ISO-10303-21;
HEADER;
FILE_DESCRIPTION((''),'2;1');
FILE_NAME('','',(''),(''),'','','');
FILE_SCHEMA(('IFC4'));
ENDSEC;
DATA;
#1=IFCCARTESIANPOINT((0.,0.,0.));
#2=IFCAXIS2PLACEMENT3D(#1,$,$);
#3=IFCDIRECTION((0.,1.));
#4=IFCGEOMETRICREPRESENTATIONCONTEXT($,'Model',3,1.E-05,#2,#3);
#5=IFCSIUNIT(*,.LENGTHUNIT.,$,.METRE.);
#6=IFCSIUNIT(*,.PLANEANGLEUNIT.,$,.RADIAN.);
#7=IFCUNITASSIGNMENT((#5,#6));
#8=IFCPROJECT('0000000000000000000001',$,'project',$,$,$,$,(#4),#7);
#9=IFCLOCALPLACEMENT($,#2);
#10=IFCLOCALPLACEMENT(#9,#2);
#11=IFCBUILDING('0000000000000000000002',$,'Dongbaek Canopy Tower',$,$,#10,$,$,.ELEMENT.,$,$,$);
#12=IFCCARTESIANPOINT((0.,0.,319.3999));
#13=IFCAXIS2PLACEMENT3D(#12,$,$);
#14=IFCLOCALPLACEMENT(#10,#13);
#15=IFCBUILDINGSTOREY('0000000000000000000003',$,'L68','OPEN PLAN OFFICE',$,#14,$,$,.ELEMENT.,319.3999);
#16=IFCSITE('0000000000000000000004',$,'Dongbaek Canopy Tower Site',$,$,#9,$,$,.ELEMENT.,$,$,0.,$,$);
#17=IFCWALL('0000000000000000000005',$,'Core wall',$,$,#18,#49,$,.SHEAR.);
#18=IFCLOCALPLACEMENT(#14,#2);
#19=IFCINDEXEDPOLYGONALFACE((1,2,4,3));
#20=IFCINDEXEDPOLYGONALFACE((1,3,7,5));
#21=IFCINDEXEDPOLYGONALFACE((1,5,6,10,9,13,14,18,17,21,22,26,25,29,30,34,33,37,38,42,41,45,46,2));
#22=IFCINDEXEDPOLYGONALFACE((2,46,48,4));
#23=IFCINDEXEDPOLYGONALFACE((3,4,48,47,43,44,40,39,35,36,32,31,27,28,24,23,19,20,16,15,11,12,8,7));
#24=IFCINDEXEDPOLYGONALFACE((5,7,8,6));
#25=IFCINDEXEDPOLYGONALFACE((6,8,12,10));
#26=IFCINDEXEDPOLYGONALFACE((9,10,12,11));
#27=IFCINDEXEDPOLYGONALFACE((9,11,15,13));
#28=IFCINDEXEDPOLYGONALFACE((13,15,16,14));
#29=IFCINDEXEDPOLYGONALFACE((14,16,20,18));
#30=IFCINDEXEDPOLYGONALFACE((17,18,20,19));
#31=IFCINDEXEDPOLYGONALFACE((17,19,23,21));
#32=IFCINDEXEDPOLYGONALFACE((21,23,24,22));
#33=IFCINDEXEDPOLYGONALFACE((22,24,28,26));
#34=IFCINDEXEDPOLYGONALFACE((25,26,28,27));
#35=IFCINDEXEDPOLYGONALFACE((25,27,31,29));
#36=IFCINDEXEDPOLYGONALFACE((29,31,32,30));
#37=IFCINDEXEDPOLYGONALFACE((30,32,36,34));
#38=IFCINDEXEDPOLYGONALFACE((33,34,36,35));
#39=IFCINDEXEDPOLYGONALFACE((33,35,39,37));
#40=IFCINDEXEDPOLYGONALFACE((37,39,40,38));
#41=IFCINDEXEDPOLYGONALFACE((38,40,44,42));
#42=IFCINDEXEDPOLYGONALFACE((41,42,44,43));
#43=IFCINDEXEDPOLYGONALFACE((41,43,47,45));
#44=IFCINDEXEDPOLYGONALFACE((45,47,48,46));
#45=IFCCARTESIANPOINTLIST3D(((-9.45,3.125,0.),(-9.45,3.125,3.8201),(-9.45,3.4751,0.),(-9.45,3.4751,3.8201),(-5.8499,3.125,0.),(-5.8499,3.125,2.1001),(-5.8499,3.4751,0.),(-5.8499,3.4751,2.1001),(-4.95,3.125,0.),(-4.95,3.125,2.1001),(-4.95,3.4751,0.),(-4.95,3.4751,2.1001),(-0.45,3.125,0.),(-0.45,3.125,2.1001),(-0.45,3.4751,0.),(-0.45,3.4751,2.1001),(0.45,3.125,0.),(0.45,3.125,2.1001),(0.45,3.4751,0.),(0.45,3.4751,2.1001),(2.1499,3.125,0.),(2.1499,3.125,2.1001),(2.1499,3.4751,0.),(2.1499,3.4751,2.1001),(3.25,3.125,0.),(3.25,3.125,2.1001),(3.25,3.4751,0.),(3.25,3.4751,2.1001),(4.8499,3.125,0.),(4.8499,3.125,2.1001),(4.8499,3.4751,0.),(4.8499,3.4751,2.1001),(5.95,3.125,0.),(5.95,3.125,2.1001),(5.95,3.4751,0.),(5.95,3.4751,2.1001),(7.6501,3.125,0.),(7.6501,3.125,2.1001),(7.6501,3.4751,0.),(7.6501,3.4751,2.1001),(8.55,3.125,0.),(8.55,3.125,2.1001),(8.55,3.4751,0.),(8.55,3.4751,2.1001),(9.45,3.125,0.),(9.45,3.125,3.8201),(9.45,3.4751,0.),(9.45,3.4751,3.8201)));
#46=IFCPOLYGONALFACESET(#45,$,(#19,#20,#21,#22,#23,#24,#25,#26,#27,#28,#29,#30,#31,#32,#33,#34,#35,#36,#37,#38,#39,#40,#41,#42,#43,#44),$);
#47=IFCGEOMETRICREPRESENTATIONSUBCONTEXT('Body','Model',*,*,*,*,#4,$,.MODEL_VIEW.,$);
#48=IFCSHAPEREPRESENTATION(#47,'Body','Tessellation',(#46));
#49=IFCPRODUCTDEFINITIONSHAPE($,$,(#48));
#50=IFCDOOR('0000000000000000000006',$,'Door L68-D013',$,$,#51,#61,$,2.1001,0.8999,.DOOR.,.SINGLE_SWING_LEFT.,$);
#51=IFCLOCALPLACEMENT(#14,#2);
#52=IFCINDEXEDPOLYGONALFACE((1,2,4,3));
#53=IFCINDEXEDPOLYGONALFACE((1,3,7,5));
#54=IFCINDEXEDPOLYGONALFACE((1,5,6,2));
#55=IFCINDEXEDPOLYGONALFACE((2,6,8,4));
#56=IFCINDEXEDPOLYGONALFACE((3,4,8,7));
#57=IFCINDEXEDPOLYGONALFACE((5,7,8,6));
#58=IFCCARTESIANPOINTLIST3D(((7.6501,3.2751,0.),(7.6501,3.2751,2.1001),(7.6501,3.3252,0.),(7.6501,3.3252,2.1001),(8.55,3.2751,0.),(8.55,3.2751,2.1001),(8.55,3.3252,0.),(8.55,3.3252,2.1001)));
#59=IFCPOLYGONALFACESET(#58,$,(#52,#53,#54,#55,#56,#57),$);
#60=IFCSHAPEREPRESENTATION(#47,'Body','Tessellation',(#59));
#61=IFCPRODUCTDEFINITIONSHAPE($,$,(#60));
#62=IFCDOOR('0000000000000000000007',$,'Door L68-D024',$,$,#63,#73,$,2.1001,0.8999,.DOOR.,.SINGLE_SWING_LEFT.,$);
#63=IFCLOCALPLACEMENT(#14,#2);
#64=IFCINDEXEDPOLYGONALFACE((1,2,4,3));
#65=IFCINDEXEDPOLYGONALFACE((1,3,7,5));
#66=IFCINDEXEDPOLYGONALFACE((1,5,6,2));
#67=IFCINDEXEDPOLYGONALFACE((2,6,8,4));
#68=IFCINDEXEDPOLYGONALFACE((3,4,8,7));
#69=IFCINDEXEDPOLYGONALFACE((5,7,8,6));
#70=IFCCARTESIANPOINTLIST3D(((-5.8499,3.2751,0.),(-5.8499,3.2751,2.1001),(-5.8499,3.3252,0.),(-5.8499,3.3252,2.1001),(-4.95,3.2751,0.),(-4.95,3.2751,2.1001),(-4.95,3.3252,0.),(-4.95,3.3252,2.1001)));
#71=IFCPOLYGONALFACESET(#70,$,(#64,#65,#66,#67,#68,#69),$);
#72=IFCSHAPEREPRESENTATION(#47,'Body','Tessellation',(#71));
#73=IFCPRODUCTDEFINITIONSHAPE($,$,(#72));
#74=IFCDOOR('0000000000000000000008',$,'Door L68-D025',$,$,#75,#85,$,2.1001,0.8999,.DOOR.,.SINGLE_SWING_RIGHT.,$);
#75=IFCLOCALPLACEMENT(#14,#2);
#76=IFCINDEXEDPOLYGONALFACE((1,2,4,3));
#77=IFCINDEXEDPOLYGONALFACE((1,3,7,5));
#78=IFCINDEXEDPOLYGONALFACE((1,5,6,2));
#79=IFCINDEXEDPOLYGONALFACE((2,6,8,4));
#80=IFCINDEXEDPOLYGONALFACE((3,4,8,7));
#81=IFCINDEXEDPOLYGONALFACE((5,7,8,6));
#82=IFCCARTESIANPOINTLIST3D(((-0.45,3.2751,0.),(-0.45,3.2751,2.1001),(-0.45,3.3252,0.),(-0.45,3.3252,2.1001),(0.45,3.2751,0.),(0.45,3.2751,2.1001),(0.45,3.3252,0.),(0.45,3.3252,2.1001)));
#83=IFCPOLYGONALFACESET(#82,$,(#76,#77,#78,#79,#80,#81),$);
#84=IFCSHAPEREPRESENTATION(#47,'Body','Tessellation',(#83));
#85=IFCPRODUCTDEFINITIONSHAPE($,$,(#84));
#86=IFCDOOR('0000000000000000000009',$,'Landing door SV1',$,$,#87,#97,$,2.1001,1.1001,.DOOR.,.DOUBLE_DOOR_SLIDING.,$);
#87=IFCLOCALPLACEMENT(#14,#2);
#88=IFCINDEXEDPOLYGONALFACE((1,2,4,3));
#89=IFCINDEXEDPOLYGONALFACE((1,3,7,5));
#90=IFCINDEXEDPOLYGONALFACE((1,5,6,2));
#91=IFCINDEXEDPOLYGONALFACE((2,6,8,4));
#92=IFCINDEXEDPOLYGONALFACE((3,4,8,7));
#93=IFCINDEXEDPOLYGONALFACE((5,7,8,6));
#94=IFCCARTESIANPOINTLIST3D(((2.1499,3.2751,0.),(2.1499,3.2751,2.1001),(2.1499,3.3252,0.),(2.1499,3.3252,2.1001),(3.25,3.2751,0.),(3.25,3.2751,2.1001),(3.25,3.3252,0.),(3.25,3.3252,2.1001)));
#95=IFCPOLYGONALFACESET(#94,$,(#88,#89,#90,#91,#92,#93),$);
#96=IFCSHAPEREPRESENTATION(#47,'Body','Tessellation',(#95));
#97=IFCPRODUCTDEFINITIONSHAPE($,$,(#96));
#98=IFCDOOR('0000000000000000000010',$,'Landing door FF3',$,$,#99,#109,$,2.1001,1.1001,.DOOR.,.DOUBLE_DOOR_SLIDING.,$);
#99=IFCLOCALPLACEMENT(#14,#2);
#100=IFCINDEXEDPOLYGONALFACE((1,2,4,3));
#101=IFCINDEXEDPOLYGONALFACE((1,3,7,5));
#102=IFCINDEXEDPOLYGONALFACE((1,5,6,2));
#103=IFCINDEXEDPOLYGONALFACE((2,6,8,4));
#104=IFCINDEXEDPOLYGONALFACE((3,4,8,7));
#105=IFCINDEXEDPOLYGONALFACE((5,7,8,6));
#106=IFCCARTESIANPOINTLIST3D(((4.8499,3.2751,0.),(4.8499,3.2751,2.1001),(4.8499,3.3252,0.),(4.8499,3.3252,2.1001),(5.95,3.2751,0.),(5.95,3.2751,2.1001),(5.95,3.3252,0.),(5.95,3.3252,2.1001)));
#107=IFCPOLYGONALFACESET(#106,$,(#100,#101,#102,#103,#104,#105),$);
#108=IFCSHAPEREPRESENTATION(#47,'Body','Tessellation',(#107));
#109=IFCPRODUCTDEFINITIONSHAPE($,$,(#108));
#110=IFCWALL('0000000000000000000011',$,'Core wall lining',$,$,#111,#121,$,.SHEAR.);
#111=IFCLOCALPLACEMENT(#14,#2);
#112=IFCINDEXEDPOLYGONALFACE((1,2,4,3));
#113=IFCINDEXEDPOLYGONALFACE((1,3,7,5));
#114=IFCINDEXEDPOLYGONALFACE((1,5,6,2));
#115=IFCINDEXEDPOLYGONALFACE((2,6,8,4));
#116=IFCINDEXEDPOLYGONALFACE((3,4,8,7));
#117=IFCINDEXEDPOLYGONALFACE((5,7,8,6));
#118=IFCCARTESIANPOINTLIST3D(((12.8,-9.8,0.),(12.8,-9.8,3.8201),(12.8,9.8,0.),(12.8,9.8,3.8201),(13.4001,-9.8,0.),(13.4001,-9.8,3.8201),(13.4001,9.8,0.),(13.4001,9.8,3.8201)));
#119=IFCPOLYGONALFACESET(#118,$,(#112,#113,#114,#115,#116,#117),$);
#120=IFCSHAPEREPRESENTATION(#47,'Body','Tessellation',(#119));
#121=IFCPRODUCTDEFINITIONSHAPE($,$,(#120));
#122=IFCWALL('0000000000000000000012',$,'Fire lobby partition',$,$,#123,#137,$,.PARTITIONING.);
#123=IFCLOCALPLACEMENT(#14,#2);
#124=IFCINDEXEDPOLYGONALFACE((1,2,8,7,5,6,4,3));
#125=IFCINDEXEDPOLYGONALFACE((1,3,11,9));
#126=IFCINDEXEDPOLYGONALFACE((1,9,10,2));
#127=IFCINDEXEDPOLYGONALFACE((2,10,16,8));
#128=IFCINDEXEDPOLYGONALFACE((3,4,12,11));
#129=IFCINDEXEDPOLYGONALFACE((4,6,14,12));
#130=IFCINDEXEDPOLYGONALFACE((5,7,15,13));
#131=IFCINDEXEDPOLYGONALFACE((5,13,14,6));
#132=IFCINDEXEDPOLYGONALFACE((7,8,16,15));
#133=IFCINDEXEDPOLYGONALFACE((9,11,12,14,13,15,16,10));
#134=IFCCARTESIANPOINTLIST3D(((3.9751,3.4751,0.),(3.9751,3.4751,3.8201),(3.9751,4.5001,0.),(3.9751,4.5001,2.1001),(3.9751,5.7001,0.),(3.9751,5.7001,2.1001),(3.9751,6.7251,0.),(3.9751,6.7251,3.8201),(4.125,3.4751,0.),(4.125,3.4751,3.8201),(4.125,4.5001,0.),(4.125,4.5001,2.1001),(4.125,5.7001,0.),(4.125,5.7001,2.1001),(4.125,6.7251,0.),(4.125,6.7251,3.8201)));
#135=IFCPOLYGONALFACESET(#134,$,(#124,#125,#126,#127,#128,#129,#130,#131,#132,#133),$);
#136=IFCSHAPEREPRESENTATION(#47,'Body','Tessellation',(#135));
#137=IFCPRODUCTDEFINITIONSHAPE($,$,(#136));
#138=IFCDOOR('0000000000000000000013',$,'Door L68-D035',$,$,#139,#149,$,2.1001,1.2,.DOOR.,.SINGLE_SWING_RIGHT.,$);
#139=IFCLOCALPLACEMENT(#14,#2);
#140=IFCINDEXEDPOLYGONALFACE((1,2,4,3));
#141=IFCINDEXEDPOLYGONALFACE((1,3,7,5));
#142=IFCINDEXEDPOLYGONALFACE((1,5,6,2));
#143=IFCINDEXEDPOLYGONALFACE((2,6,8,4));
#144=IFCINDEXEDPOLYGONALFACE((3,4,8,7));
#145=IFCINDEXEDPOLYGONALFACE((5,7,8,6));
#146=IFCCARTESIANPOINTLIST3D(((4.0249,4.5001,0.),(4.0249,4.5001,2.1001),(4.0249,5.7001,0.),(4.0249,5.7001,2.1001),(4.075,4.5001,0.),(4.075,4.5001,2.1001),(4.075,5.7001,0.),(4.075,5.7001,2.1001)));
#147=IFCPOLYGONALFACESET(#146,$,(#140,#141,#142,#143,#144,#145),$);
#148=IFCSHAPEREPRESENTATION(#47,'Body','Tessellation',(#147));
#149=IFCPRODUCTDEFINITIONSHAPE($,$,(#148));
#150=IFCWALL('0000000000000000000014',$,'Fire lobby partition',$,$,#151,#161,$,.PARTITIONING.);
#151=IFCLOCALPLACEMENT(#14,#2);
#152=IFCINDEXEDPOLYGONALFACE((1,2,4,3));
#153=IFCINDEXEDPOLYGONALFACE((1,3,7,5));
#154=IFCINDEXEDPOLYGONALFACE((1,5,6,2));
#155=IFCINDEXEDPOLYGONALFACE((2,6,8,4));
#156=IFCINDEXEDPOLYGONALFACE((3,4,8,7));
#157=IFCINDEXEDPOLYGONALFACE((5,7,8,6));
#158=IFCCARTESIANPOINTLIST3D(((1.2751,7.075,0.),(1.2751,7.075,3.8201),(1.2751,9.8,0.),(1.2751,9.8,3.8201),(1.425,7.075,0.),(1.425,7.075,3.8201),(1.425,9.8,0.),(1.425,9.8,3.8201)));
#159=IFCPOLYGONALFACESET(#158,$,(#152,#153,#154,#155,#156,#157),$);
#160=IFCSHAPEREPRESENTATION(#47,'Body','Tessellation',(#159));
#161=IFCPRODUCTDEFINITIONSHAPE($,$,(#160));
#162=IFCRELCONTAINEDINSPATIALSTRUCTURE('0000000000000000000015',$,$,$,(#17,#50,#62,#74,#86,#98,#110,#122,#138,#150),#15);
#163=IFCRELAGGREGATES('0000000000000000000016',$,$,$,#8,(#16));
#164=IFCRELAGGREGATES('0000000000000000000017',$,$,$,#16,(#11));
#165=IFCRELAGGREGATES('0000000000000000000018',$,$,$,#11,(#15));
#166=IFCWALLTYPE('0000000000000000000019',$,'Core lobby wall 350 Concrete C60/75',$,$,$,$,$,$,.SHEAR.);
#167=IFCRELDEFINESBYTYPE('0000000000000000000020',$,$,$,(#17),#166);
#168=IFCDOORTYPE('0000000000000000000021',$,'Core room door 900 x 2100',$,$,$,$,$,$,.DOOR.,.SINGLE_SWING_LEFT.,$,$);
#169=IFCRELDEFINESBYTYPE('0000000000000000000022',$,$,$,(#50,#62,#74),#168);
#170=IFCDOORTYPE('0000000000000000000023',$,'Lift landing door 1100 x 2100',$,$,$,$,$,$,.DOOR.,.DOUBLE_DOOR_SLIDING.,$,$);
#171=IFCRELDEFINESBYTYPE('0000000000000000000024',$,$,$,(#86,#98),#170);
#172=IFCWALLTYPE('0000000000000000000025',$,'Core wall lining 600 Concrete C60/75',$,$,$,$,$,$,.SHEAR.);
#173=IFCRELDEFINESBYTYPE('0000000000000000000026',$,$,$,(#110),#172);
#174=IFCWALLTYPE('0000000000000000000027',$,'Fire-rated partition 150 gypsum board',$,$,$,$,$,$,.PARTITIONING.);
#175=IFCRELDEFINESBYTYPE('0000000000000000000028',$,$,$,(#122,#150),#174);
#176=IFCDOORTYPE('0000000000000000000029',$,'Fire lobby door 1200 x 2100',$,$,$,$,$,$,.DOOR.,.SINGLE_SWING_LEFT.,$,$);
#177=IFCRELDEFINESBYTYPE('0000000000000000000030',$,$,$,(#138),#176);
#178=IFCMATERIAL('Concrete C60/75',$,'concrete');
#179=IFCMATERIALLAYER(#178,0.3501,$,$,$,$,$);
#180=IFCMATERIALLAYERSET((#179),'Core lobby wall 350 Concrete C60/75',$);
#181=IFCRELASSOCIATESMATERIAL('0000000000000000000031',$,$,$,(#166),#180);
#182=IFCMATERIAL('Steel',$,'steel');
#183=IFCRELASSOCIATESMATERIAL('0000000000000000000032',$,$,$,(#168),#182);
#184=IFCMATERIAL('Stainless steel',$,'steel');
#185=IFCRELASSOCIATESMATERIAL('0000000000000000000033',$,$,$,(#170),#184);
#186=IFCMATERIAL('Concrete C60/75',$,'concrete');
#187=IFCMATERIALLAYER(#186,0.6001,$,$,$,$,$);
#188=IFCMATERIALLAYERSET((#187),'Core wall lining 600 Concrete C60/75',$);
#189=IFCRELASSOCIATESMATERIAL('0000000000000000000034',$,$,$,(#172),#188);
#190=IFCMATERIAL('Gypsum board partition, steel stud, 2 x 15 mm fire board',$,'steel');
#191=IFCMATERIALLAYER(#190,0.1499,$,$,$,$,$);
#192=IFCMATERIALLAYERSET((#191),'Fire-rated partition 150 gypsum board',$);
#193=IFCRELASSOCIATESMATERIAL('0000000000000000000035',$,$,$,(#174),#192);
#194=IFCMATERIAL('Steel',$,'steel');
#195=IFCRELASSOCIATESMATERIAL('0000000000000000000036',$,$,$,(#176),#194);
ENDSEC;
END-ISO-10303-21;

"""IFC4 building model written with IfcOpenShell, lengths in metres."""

from ifc_helpers import new_model, si_unit, direction, frame, frame_2d, origin, place, context, subcontext, project, spatial, rectangle, extrude, material, layer, layer_set, type_object, element, fill, save


model = new_model("IFC4")

# Units and contexts
model_context = context("Model", 3, precision=1e-05, world=origin(), true_north=direction((0.0, 1.0)))
body_context = subcontext(model_context, "Body", "Model", "MODEL_VIEW")
ifc_project = project(units=[si_unit("LENGTHUNIT", "METRE"), si_unit("PLANEANGLEUNIT", "RADIAN")], contexts=[model_context])

# Site, building, storey
site_placement = place(None, origin())
site = spatial("IfcSite", under=ifc_project, at=site_placement, Name="Dongbaek Canopy Tower Site", CompositionType="ELEMENT", RefElevation=0.0)
building_placement = place(site_placement, origin())
building = spatial("IfcBuilding", under=site, at=building_placement, Name="Dongbaek Canopy Tower", CompositionType="ELEMENT")
storey_placement = place(building_placement, frame((0.0, 0.0, 319.3999)))
storey = spatial("IfcBuildingStorey", under=building, at=storey_placement, Name="L68", Description="OPEN PLAN OFFICE", CompositionType="ELEMENT", Elevation=319.3999)

# Wall, openings, doors
ifc_material_1 = material(Name="Concrete C60/75", Category="concrete")
ifc_layer_1 = layer(ifc_material_1, 0.3501)
ifc_layer_set_1 = layer_set([ifc_layer_1], Name="Core lobby wall 350 Concrete C60/75")
wall_type_1 = type_object("IfcWallType", Name="Core lobby wall 350 Concrete C60/75", PredefinedType="SHEAR", material=ifc_layer_set_1)
wall_1_placement = place(storey_placement, frame((9.45, 3.3, 0.0), z_axis=(0.0, 0.0, 1.0), x_axis=(-1.0, 0.0, 0.0)))
wall_1 = element("IfcWall", 1, at=wall_1_placement, inside=storey, type_object=wall_type_1, Name="Core wall", PredefinedType="SHEAR", context=body_context, shape_type="SweptSolid", body=[
    extrude(rectangle(XDim=18.8999, YDim=0.3501, at=frame_2d((9.45, 0.0))), origin(), (0.0, 0.0, 1.0), 3.8201),
])
opening_1_placement = place(wall_1_placement, frame((6.2, 0.0, 0.0)))
opening_1 = element("IfcOpeningElement", 2, at=opening_1_placement, cuts=wall_1, PredefinedType="OPENING", context=body_context, shape_type="SweptSolid", body=[
    extrude(rectangle(XDim=1.1001, YDim=2.1001, at=frame_2d((0.55, 1.05))), frame((0.0, 0.1851, 0.0), z_axis=(0.0, -1.0, 0.0), x_axis=(1.0, 0.0, 0.0)), (0.0, 0.0, 1.0), 0.3701),
])
opening_2_placement = place(wall_1_placement, frame((3.5, 0.0, 0.0)))
opening_2 = element("IfcOpeningElement", 3, at=opening_2_placement, cuts=wall_1, PredefinedType="OPENING", context=body_context, shape_type="SweptSolid", body=[
    extrude(rectangle(XDim=1.1001, YDim=2.1001, at=frame_2d((0.55, 1.05))), frame((0.0, 0.1851, 0.0), z_axis=(0.0, -1.0, 0.0), x_axis=(1.0, 0.0, 0.0)), (0.0, 0.0, 1.0), 0.3701),
])
opening_3_placement = place(wall_1_placement, frame((0.8999, 0.0, 0.0)))
opening_3 = element("IfcOpeningElement", 4, at=opening_3_placement, cuts=wall_1, PredefinedType="OPENING", context=body_context, shape_type="SweptSolid", body=[
    extrude(rectangle(XDim=0.8999, YDim=2.1001, at=frame_2d((0.45, 1.05))), frame((0.0, 0.1851, 0.0), z_axis=(0.0, -1.0, 0.0), x_axis=(1.0, 0.0, 0.0)), (0.0, 0.0, 1.0), 0.3701),
])
opening_4_placement = place(wall_1_placement, frame((14.3999, 0.0, 0.0)))
opening_4 = element("IfcOpeningElement", 5, at=opening_4_placement, cuts=wall_1, PredefinedType="OPENING", context=body_context, shape_type="SweptSolid", body=[
    extrude(rectangle(XDim=0.8999, YDim=2.1001, at=frame_2d((0.45, 1.05))), frame((0.0, 0.1851, 0.0), z_axis=(0.0, -1.0, 0.0), x_axis=(1.0, 0.0, 0.0)), (0.0, 0.0, 1.0), 0.3701),
])
opening_5_placement = place(wall_1_placement, frame((9.0, 0.0, 0.0)))
opening_5 = element("IfcOpeningElement", 6, at=opening_5_placement, cuts=wall_1, PredefinedType="OPENING", context=body_context, shape_type="SweptSolid", body=[
    extrude(rectangle(XDim=0.8999, YDim=2.1001, at=frame_2d((0.45, 1.05))), frame((0.0, 0.1851, 0.0), z_axis=(0.0, -1.0, 0.0), x_axis=(1.0, 0.0, 0.0)), (0.0, 0.0, 1.0), 0.3701),
])
ifc_material_2 = material(Name="Steel", Category="steel")
door_type_1 = type_object("IfcDoorType", Name="Core room door 900 x 2100", OperationType="SINGLE_SWING_LEFT", PredefinedType="DOOR", material=ifc_material_2)
door_1_placement = place(opening_3_placement, origin())
door_1 = element("IfcDoor", 7, at=door_1_placement, inside=storey, type_object=door_type_1, Name="Door L68-D013", OperationType="SINGLE_SWING_LEFT", OverallHeight=2.1001, OverallWidth=0.8999, PredefinedType="DOOR", context=body_context, shape_type="SweptSolid", body=[
    extrude(rectangle(XDim=0.8999, YDim=2.1001, at=frame_2d((0.45, 1.05))), frame((0.0, 0.0249, 0.0), z_axis=(0.0, -1.0, 0.0), x_axis=(1.0, 0.0, 0.0)), (0.0, 0.0, 1.0), 0.05),
])
fill(opening_3, door_1)
door_2_placement = place(opening_4_placement, origin())
door_2 = element("IfcDoor", 8, at=door_2_placement, inside=storey, type_object=door_type_1, Name="Door L68-D024", OperationType="SINGLE_SWING_LEFT", OverallHeight=2.1001, OverallWidth=0.8999, PredefinedType="DOOR", context=body_context, shape_type="SweptSolid", body=[
    extrude(rectangle(XDim=0.8999, YDim=2.1001, at=frame_2d((0.45, 1.05))), frame((0.0, 0.0249, 0.0), z_axis=(0.0, -1.0, 0.0), x_axis=(1.0, 0.0, 0.0)), (0.0, 0.0, 1.0), 0.05),
])
fill(opening_4, door_2)
door_3_placement = place(opening_5_placement, origin())
door_3 = element("IfcDoor", 9, at=door_3_placement, inside=storey, type_object=door_type_1, Name="Door L68-D025", OperationType="SINGLE_SWING_RIGHT", OverallHeight=2.1001, OverallWidth=0.8999, PredefinedType="DOOR", context=body_context, shape_type="SweptSolid", body=[
    extrude(rectangle(XDim=0.8999, YDim=2.1001, at=frame_2d((0.45, 1.05))), frame((0.0, 0.0249, 0.0), z_axis=(0.0, -1.0, 0.0), x_axis=(1.0, 0.0, 0.0)), (0.0, 0.0, 1.0), 0.05),
])
fill(opening_5, door_3)
ifc_material_3 = material(Name="Stainless steel", Category="steel")
door_type_2 = type_object("IfcDoorType", Name="Lift landing door 1100 x 2100", OperationType="DOUBLE_DOOR_SLIDING", PredefinedType="DOOR", material=ifc_material_3)
door_4_placement = place(opening_1_placement, origin())
door_4 = element("IfcDoor", 10, at=door_4_placement, inside=storey, type_object=door_type_2, Name="Landing door SV1", OperationType="DOUBLE_DOOR_SLIDING", OverallHeight=2.1001, OverallWidth=1.1001, PredefinedType="DOOR", context=body_context, shape_type="SweptSolid", body=[
    extrude(rectangle(XDim=1.1001, YDim=2.1001, at=frame_2d((0.55, 1.05))), frame((0.0, 0.0249, 0.0), z_axis=(0.0, -1.0, 0.0), x_axis=(1.0, 0.0, 0.0)), (0.0, 0.0, 1.0), 0.05),
])
fill(opening_1, door_4)
door_5_placement = place(opening_2_placement, origin())
door_5 = element("IfcDoor", 11, at=door_5_placement, inside=storey, type_object=door_type_2, Name="Landing door FF3", OperationType="DOUBLE_DOOR_SLIDING", OverallHeight=2.1001, OverallWidth=1.1001, PredefinedType="DOOR", context=body_context, shape_type="SweptSolid", body=[
    extrude(rectangle(XDim=1.1001, YDim=2.1001, at=frame_2d((0.55, 1.05))), frame((0.0, 0.0249, 0.0), z_axis=(0.0, -1.0, 0.0), x_axis=(1.0, 0.0, 0.0)), (0.0, 0.0, 1.0), 0.05),
])
fill(opening_2, door_5)

# Wall
ifc_material_4 = material(Name="Concrete C60/75", Category="concrete")
ifc_layer_2 = layer(ifc_material_4, 0.6001)
ifc_layer_set_2 = layer_set([ifc_layer_2], Name="Core wall lining 600 Concrete C60/75")
wall_type_2 = type_object("IfcWallType", Name="Core wall lining 600 Concrete C60/75", PredefinedType="SHEAR", material=ifc_layer_set_2)
wall_2_placement = place(storey_placement, frame((13.1001, 9.8, 0.0), z_axis=(0.0, 0.0, 1.0), x_axis=(0.0, -1.0, 0.0)))
element("IfcWall", 12, at=wall_2_placement, inside=storey, type_object=wall_type_2, Name="Core wall lining", PredefinedType="SHEAR", context=body_context, shape_type="SweptSolid", body=[
    extrude(rectangle(XDim=19.6001, YDim=0.6001, at=frame_2d((9.8, 0.0))), origin(), (0.0, 0.0, 1.0), 3.8201),
])

# Wall, opening, door
ifc_material_5 = material(Name="Gypsum board partition, steel stud, 2 x 15 mm fire board", Category="steel")
ifc_layer_3 = layer(ifc_material_5, 0.1499)
ifc_layer_set_3 = layer_set([ifc_layer_3], Name="Fire-rated partition 150 gypsum board")
wall_type_3 = type_object("IfcWallType", Name="Fire-rated partition 150 gypsum board", PredefinedType="PARTITIONING", material=ifc_layer_set_3)
wall_3_placement = place(storey_placement, frame((4.05, 6.7251, 0.0), z_axis=(0.0, 0.0, 1.0), x_axis=(0.0, -1.0, 0.0)))
wall_3 = element("IfcWall", 13, at=wall_3_placement, inside=storey, type_object=wall_type_3, Name="Fire lobby partition", PredefinedType="PARTITIONING", context=body_context, shape_type="SweptSolid", body=[
    extrude(rectangle(XDim=3.25, YDim=0.1499, at=frame_2d((1.625, 0.0))), origin(), (0.0, 0.0, 1.0), 3.8201),
])
opening_6_placement = place(wall_3_placement, frame((1.0249, 0.0, 0.0)))
opening_6 = element("IfcOpeningElement", 14, at=opening_6_placement, cuts=wall_3, PredefinedType="OPENING", context=body_context, shape_type="SweptSolid", body=[
    extrude(rectangle(XDim=1.2, YDim=2.1001, at=frame_2d((0.6001, 1.05))), frame((0.0, 0.085, 0.0), z_axis=(0.0, -1.0, 0.0), x_axis=(1.0, 0.0, 0.0)), (0.0, 0.0, 1.0), 0.1699),
])
ifc_material_6 = material(Name="Steel", Category="steel")
door_type_3 = type_object("IfcDoorType", Name="Fire lobby door 1200 x 2100", OperationType="SINGLE_SWING_LEFT", PredefinedType="DOOR", material=ifc_material_6)
door_6_placement = place(opening_6_placement, origin())
door_6 = element("IfcDoor", 15, at=door_6_placement, inside=storey, type_object=door_type_3, Name="Door L68-D035", OperationType="SINGLE_SWING_RIGHT", OverallHeight=2.1001, OverallWidth=1.2, PredefinedType="DOOR", context=body_context, shape_type="SweptSolid", body=[
    extrude(rectangle(XDim=1.2, YDim=2.1001, at=frame_2d((0.6001, 1.05))), frame((0.0, 0.0249, 0.0), z_axis=(0.0, -1.0, 0.0), x_axis=(1.0, 0.0, 0.0)), (0.0, 0.0, 1.0), 0.05),
])
fill(opening_6, door_6)

# Wall
wall_4_placement = place(storey_placement, frame((1.3501, 7.075, 0.0), z_axis=(0.0, 0.0, 1.0), x_axis=(0.0, 1.0, 0.0)))
element("IfcWall", 16, at=wall_4_placement, inside=storey, type_object=wall_type_3, Name="Fire lobby partition", PredefinedType="PARTITIONING", context=body_context, shape_type="SweptSolid", body=[
    extrude(rectangle(XDim=2.7251, YDim=0.1499, at=frame_2d((1.3625, 0.0))), origin(), (0.0, 0.0, 1.0), 3.8201),
])

save(model, "model.ifc")
